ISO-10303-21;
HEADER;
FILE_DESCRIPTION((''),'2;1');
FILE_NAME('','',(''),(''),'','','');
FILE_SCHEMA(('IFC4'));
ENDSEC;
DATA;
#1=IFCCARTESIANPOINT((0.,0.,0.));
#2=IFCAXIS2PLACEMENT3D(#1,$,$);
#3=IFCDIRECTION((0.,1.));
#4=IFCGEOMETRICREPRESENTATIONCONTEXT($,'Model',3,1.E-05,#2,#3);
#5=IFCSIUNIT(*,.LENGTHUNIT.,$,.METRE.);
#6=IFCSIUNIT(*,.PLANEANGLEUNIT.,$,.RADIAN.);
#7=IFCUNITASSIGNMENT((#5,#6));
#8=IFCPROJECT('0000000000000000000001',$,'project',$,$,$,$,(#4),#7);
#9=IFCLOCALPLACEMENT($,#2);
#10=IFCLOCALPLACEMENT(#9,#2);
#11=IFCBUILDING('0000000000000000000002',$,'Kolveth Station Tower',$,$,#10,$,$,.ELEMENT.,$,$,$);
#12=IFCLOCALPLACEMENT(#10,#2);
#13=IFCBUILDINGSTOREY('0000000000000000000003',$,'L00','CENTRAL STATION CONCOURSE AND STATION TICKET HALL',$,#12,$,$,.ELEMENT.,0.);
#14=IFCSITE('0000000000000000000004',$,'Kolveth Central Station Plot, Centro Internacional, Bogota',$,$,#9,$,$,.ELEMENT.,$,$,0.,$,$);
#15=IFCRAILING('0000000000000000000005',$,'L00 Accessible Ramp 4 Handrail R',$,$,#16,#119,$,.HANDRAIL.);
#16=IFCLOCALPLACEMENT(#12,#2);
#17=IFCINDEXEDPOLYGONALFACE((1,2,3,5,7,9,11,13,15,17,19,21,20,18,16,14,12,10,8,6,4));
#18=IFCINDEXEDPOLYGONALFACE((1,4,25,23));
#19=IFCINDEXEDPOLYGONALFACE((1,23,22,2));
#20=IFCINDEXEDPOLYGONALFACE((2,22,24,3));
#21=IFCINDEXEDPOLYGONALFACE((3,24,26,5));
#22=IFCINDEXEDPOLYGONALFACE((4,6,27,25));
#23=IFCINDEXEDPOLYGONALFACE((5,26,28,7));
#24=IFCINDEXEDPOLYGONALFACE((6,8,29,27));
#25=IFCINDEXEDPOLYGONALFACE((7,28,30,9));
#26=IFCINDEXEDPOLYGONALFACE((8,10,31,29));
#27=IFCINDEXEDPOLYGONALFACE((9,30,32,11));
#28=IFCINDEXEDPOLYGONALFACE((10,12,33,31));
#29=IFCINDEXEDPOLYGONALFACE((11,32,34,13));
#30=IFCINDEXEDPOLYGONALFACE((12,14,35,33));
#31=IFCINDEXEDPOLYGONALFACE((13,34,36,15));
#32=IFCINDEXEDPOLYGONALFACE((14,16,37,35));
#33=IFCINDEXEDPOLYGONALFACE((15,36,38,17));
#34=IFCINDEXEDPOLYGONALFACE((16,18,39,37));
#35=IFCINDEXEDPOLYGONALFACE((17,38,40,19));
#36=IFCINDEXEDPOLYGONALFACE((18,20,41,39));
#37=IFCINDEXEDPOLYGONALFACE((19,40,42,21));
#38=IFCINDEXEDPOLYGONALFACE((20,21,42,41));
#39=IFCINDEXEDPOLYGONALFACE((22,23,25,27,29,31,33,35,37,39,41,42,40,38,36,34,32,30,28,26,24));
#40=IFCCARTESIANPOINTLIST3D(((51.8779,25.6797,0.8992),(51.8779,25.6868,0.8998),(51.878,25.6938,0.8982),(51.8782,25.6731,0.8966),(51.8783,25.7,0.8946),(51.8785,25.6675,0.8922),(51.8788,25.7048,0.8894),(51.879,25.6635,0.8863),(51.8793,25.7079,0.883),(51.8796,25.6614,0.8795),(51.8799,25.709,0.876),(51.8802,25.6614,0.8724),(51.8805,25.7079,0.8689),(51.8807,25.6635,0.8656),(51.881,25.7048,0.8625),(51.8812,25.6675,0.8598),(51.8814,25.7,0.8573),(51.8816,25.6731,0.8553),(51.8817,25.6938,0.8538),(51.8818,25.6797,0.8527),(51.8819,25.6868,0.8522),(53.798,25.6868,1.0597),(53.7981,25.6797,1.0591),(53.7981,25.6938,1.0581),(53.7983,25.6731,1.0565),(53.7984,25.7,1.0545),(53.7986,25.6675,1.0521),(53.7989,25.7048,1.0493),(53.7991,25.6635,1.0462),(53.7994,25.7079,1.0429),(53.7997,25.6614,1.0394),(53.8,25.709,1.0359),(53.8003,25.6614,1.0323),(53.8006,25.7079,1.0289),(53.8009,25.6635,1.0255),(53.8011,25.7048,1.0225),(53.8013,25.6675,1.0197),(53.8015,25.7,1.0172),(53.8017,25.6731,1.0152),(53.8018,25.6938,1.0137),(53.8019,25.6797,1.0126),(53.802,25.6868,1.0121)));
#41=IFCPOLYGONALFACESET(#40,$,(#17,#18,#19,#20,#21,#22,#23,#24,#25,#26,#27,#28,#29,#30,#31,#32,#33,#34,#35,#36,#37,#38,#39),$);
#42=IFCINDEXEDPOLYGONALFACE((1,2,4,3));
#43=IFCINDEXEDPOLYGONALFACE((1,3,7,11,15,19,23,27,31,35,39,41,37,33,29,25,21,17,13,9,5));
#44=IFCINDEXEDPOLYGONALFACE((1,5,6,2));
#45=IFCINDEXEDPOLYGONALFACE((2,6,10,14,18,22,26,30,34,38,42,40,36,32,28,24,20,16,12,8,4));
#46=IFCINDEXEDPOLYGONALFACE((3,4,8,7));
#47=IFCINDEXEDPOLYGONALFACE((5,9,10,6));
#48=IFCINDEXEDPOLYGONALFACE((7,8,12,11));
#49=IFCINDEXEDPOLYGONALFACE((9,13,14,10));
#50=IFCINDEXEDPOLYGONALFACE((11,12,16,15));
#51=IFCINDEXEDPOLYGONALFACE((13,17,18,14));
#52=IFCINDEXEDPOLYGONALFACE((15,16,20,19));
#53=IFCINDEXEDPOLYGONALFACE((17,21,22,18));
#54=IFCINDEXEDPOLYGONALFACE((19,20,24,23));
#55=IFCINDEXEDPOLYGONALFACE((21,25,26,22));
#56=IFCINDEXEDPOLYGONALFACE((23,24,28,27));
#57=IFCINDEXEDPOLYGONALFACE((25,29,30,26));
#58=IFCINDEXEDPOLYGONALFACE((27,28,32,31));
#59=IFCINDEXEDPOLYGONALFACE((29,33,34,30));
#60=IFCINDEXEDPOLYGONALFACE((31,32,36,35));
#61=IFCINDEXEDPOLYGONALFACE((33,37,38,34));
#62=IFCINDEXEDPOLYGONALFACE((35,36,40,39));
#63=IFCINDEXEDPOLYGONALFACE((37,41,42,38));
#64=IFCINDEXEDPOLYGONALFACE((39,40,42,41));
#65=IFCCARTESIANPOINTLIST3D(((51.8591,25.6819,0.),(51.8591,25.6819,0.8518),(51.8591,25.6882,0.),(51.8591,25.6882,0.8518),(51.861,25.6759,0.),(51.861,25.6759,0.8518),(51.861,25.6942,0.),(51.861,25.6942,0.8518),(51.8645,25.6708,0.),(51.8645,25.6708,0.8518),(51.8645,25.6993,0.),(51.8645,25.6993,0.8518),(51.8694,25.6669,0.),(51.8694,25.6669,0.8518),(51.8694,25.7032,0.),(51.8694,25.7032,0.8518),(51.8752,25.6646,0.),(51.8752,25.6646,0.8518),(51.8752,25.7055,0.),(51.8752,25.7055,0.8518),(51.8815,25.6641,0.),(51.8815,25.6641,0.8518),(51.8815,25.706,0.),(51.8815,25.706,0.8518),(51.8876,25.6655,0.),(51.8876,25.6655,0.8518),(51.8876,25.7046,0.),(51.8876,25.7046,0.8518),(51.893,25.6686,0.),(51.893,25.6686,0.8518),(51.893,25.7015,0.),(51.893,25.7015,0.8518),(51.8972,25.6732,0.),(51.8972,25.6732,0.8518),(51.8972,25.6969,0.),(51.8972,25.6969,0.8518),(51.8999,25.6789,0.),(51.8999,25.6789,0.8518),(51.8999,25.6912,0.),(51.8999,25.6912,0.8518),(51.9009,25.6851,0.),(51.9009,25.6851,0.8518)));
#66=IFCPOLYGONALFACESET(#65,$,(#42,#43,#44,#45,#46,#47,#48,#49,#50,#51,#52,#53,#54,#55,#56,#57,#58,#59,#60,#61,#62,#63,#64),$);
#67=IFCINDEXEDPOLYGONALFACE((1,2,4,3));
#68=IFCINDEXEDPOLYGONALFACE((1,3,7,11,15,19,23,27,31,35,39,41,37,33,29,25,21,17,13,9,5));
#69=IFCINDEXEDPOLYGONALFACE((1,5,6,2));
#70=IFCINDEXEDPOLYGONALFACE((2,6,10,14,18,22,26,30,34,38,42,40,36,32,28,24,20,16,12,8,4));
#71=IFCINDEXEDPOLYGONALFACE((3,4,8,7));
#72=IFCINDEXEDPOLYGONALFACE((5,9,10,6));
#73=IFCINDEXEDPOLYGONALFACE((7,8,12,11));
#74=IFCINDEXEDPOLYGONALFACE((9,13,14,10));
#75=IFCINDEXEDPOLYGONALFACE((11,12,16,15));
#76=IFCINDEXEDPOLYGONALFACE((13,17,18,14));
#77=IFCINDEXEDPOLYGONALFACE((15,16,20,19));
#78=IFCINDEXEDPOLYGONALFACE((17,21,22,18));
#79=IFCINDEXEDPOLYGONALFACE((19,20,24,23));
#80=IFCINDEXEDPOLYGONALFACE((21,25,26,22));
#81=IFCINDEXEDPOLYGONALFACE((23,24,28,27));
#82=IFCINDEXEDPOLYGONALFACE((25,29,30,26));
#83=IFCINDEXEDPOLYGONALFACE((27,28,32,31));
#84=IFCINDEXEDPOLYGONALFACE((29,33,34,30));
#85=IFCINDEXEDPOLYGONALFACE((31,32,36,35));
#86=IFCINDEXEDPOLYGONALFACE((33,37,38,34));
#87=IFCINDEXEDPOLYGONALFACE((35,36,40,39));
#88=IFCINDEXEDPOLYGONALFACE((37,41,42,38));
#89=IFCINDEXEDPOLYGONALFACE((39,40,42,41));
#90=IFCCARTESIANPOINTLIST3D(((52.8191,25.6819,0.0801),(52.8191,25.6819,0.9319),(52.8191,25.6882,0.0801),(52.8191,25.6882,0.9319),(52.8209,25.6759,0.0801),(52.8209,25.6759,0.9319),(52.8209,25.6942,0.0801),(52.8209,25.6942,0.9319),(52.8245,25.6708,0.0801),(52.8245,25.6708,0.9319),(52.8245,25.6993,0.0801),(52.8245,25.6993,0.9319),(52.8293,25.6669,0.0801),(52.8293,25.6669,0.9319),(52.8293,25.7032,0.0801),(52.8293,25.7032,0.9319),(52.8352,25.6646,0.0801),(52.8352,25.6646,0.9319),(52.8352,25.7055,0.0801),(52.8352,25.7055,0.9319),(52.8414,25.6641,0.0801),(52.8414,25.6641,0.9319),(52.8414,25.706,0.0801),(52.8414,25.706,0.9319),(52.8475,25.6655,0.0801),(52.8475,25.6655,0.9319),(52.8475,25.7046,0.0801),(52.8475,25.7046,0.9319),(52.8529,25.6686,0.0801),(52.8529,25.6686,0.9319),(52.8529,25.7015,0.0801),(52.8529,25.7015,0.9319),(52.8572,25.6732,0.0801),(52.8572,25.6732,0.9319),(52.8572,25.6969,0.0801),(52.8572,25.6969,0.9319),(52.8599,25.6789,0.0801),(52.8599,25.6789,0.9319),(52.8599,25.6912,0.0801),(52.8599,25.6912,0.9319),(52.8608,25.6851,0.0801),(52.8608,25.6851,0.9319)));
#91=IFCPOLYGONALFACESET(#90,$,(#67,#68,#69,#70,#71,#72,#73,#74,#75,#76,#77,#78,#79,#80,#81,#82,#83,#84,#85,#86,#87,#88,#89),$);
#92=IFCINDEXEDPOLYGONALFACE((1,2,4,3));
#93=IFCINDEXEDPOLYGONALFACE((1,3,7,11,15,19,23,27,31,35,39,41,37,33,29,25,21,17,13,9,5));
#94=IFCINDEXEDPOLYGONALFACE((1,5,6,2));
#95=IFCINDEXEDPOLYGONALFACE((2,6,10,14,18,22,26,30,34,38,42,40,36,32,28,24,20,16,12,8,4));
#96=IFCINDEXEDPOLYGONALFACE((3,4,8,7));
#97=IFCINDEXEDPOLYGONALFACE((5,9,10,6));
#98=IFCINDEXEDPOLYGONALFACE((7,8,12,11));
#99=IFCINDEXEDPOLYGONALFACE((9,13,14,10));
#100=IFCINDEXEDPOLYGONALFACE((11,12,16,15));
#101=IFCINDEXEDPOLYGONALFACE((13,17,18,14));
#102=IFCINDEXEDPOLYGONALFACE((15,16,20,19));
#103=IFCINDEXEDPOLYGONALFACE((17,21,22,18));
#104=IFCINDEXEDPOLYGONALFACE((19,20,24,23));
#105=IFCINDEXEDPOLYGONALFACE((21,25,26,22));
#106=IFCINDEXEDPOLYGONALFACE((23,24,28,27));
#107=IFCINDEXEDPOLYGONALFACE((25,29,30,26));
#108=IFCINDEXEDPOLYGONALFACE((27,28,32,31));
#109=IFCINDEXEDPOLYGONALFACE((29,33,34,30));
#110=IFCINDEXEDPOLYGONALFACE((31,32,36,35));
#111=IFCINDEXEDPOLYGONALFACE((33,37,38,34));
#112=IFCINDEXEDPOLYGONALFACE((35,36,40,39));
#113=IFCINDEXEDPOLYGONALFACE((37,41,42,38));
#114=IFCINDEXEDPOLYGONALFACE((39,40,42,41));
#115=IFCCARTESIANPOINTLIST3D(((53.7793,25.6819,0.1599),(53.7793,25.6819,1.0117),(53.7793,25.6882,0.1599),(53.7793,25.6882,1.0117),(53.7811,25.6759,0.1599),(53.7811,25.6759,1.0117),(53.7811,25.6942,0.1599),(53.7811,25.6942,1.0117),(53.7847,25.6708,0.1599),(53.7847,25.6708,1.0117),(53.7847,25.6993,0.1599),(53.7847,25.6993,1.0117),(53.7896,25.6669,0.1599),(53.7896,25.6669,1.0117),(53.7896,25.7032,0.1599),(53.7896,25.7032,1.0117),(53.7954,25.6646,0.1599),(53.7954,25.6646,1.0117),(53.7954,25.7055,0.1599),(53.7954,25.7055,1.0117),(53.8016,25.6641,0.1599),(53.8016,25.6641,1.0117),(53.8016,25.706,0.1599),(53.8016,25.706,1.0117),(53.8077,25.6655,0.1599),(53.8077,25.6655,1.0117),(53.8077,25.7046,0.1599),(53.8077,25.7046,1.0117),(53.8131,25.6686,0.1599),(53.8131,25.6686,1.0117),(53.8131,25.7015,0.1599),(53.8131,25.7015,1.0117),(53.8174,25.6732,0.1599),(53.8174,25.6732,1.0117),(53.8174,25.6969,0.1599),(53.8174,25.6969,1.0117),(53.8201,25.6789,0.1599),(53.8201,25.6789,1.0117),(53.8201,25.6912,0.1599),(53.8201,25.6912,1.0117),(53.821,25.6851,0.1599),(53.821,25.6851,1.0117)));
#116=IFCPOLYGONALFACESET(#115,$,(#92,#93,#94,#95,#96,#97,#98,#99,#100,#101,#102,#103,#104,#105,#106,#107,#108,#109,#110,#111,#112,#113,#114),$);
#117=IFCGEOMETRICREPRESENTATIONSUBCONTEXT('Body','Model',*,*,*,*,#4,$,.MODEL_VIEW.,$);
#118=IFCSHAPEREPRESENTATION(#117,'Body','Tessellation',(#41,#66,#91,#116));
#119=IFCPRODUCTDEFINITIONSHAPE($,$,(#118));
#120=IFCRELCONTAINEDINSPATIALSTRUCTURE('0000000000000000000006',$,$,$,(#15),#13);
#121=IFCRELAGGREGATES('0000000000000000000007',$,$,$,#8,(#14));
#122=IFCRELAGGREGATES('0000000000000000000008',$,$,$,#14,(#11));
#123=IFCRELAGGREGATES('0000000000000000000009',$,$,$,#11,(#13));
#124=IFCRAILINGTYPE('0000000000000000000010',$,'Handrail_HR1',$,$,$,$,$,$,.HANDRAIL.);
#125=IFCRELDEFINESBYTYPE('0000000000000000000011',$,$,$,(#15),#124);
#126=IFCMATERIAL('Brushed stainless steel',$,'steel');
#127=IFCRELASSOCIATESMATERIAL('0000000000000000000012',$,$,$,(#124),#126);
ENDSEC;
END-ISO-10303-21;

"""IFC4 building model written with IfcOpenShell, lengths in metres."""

from ifc_helpers import new_model, si_unit, direction, frame, origin, origin_2d, place, context, subcontext, project, spatial, circle, extrude, material, type_object, element, save


model = new_model("IFC4")

# Units and contexts
model_context = context("Model", 3, precision=1e-05, world=origin(), true_north=direction((0.0, 1.0)))
body_context = subcontext(model_context, "Body", "Model", "MODEL_VIEW")
ifc_project = project(units=[si_unit("LENGTHUNIT", "METRE"), si_unit("PLANEANGLEUNIT", "RADIAN")], contexts=[model_context])

# Site, building, storey
site_placement = place(None, origin())
site = spatial("IfcSite", under=ifc_project, at=site_placement, Name="Kolveth Central Station Plot, Centro Internacional, Bogota", CompositionType="ELEMENT", RefElevation=0.0)
building_placement = place(site_placement, origin())
building = spatial("IfcBuilding", under=site, at=building_placement, Name="Kolveth Station Tower", CompositionType="ELEMENT")
storey_placement = place(building_placement, origin())
storey = spatial("IfcBuildingStorey", under=building, at=storey_placement, Name="L00", Description="CENTRAL STATION CONCOURSE AND STATION TICKET HALL", CompositionType="ELEMENT", Elevation=0.0)

# Railing
ifc_material_1 = material(Name="Brushed stainless steel", Category="steel")
railing_type = type_object("IfcRailingType", Name="Handrail_HR1", PredefinedType="HANDRAIL", material=ifc_material_1)
for number, where, name in (
    (1, (51.8799, 25.6851, 0.0), "L00 Accessible Ramp 4 Handrail R"),
):
    element("IfcRailing", number, at=place(storey_placement, frame(where)), inside=storey, type_object=railing_type, Name=name, PredefinedType="HANDRAIL", context=body_context, shape_type="SweptSolid", body=[
        extrude(circle(Radius=0.0239, at=origin_2d()), frame((0.0, 0.0, 0.876), z_axis=(0.99655, 0.0, 0.082993), x_axis=(0.0, 1.0, 0.0)), (0.0, 0.0, 1.0), 1.9268),
        extrude(circle(Radius=0.021, at=origin_2d()), origin(), (0.0, 0.0, 1.0), 0.8518),
        extrude(circle(Radius=0.021, at=origin_2d()), frame((0.96, 0.0, 0.0801)), (0.0, 0.0, 1.0), 0.8518),
        extrude(circle(Radius=0.021, at=origin_2d()), frame((1.9202, 0.0, 0.1599)), (0.0, 0.0, 1.0), 0.8518),
    ])

save(model, "model.ifc")
